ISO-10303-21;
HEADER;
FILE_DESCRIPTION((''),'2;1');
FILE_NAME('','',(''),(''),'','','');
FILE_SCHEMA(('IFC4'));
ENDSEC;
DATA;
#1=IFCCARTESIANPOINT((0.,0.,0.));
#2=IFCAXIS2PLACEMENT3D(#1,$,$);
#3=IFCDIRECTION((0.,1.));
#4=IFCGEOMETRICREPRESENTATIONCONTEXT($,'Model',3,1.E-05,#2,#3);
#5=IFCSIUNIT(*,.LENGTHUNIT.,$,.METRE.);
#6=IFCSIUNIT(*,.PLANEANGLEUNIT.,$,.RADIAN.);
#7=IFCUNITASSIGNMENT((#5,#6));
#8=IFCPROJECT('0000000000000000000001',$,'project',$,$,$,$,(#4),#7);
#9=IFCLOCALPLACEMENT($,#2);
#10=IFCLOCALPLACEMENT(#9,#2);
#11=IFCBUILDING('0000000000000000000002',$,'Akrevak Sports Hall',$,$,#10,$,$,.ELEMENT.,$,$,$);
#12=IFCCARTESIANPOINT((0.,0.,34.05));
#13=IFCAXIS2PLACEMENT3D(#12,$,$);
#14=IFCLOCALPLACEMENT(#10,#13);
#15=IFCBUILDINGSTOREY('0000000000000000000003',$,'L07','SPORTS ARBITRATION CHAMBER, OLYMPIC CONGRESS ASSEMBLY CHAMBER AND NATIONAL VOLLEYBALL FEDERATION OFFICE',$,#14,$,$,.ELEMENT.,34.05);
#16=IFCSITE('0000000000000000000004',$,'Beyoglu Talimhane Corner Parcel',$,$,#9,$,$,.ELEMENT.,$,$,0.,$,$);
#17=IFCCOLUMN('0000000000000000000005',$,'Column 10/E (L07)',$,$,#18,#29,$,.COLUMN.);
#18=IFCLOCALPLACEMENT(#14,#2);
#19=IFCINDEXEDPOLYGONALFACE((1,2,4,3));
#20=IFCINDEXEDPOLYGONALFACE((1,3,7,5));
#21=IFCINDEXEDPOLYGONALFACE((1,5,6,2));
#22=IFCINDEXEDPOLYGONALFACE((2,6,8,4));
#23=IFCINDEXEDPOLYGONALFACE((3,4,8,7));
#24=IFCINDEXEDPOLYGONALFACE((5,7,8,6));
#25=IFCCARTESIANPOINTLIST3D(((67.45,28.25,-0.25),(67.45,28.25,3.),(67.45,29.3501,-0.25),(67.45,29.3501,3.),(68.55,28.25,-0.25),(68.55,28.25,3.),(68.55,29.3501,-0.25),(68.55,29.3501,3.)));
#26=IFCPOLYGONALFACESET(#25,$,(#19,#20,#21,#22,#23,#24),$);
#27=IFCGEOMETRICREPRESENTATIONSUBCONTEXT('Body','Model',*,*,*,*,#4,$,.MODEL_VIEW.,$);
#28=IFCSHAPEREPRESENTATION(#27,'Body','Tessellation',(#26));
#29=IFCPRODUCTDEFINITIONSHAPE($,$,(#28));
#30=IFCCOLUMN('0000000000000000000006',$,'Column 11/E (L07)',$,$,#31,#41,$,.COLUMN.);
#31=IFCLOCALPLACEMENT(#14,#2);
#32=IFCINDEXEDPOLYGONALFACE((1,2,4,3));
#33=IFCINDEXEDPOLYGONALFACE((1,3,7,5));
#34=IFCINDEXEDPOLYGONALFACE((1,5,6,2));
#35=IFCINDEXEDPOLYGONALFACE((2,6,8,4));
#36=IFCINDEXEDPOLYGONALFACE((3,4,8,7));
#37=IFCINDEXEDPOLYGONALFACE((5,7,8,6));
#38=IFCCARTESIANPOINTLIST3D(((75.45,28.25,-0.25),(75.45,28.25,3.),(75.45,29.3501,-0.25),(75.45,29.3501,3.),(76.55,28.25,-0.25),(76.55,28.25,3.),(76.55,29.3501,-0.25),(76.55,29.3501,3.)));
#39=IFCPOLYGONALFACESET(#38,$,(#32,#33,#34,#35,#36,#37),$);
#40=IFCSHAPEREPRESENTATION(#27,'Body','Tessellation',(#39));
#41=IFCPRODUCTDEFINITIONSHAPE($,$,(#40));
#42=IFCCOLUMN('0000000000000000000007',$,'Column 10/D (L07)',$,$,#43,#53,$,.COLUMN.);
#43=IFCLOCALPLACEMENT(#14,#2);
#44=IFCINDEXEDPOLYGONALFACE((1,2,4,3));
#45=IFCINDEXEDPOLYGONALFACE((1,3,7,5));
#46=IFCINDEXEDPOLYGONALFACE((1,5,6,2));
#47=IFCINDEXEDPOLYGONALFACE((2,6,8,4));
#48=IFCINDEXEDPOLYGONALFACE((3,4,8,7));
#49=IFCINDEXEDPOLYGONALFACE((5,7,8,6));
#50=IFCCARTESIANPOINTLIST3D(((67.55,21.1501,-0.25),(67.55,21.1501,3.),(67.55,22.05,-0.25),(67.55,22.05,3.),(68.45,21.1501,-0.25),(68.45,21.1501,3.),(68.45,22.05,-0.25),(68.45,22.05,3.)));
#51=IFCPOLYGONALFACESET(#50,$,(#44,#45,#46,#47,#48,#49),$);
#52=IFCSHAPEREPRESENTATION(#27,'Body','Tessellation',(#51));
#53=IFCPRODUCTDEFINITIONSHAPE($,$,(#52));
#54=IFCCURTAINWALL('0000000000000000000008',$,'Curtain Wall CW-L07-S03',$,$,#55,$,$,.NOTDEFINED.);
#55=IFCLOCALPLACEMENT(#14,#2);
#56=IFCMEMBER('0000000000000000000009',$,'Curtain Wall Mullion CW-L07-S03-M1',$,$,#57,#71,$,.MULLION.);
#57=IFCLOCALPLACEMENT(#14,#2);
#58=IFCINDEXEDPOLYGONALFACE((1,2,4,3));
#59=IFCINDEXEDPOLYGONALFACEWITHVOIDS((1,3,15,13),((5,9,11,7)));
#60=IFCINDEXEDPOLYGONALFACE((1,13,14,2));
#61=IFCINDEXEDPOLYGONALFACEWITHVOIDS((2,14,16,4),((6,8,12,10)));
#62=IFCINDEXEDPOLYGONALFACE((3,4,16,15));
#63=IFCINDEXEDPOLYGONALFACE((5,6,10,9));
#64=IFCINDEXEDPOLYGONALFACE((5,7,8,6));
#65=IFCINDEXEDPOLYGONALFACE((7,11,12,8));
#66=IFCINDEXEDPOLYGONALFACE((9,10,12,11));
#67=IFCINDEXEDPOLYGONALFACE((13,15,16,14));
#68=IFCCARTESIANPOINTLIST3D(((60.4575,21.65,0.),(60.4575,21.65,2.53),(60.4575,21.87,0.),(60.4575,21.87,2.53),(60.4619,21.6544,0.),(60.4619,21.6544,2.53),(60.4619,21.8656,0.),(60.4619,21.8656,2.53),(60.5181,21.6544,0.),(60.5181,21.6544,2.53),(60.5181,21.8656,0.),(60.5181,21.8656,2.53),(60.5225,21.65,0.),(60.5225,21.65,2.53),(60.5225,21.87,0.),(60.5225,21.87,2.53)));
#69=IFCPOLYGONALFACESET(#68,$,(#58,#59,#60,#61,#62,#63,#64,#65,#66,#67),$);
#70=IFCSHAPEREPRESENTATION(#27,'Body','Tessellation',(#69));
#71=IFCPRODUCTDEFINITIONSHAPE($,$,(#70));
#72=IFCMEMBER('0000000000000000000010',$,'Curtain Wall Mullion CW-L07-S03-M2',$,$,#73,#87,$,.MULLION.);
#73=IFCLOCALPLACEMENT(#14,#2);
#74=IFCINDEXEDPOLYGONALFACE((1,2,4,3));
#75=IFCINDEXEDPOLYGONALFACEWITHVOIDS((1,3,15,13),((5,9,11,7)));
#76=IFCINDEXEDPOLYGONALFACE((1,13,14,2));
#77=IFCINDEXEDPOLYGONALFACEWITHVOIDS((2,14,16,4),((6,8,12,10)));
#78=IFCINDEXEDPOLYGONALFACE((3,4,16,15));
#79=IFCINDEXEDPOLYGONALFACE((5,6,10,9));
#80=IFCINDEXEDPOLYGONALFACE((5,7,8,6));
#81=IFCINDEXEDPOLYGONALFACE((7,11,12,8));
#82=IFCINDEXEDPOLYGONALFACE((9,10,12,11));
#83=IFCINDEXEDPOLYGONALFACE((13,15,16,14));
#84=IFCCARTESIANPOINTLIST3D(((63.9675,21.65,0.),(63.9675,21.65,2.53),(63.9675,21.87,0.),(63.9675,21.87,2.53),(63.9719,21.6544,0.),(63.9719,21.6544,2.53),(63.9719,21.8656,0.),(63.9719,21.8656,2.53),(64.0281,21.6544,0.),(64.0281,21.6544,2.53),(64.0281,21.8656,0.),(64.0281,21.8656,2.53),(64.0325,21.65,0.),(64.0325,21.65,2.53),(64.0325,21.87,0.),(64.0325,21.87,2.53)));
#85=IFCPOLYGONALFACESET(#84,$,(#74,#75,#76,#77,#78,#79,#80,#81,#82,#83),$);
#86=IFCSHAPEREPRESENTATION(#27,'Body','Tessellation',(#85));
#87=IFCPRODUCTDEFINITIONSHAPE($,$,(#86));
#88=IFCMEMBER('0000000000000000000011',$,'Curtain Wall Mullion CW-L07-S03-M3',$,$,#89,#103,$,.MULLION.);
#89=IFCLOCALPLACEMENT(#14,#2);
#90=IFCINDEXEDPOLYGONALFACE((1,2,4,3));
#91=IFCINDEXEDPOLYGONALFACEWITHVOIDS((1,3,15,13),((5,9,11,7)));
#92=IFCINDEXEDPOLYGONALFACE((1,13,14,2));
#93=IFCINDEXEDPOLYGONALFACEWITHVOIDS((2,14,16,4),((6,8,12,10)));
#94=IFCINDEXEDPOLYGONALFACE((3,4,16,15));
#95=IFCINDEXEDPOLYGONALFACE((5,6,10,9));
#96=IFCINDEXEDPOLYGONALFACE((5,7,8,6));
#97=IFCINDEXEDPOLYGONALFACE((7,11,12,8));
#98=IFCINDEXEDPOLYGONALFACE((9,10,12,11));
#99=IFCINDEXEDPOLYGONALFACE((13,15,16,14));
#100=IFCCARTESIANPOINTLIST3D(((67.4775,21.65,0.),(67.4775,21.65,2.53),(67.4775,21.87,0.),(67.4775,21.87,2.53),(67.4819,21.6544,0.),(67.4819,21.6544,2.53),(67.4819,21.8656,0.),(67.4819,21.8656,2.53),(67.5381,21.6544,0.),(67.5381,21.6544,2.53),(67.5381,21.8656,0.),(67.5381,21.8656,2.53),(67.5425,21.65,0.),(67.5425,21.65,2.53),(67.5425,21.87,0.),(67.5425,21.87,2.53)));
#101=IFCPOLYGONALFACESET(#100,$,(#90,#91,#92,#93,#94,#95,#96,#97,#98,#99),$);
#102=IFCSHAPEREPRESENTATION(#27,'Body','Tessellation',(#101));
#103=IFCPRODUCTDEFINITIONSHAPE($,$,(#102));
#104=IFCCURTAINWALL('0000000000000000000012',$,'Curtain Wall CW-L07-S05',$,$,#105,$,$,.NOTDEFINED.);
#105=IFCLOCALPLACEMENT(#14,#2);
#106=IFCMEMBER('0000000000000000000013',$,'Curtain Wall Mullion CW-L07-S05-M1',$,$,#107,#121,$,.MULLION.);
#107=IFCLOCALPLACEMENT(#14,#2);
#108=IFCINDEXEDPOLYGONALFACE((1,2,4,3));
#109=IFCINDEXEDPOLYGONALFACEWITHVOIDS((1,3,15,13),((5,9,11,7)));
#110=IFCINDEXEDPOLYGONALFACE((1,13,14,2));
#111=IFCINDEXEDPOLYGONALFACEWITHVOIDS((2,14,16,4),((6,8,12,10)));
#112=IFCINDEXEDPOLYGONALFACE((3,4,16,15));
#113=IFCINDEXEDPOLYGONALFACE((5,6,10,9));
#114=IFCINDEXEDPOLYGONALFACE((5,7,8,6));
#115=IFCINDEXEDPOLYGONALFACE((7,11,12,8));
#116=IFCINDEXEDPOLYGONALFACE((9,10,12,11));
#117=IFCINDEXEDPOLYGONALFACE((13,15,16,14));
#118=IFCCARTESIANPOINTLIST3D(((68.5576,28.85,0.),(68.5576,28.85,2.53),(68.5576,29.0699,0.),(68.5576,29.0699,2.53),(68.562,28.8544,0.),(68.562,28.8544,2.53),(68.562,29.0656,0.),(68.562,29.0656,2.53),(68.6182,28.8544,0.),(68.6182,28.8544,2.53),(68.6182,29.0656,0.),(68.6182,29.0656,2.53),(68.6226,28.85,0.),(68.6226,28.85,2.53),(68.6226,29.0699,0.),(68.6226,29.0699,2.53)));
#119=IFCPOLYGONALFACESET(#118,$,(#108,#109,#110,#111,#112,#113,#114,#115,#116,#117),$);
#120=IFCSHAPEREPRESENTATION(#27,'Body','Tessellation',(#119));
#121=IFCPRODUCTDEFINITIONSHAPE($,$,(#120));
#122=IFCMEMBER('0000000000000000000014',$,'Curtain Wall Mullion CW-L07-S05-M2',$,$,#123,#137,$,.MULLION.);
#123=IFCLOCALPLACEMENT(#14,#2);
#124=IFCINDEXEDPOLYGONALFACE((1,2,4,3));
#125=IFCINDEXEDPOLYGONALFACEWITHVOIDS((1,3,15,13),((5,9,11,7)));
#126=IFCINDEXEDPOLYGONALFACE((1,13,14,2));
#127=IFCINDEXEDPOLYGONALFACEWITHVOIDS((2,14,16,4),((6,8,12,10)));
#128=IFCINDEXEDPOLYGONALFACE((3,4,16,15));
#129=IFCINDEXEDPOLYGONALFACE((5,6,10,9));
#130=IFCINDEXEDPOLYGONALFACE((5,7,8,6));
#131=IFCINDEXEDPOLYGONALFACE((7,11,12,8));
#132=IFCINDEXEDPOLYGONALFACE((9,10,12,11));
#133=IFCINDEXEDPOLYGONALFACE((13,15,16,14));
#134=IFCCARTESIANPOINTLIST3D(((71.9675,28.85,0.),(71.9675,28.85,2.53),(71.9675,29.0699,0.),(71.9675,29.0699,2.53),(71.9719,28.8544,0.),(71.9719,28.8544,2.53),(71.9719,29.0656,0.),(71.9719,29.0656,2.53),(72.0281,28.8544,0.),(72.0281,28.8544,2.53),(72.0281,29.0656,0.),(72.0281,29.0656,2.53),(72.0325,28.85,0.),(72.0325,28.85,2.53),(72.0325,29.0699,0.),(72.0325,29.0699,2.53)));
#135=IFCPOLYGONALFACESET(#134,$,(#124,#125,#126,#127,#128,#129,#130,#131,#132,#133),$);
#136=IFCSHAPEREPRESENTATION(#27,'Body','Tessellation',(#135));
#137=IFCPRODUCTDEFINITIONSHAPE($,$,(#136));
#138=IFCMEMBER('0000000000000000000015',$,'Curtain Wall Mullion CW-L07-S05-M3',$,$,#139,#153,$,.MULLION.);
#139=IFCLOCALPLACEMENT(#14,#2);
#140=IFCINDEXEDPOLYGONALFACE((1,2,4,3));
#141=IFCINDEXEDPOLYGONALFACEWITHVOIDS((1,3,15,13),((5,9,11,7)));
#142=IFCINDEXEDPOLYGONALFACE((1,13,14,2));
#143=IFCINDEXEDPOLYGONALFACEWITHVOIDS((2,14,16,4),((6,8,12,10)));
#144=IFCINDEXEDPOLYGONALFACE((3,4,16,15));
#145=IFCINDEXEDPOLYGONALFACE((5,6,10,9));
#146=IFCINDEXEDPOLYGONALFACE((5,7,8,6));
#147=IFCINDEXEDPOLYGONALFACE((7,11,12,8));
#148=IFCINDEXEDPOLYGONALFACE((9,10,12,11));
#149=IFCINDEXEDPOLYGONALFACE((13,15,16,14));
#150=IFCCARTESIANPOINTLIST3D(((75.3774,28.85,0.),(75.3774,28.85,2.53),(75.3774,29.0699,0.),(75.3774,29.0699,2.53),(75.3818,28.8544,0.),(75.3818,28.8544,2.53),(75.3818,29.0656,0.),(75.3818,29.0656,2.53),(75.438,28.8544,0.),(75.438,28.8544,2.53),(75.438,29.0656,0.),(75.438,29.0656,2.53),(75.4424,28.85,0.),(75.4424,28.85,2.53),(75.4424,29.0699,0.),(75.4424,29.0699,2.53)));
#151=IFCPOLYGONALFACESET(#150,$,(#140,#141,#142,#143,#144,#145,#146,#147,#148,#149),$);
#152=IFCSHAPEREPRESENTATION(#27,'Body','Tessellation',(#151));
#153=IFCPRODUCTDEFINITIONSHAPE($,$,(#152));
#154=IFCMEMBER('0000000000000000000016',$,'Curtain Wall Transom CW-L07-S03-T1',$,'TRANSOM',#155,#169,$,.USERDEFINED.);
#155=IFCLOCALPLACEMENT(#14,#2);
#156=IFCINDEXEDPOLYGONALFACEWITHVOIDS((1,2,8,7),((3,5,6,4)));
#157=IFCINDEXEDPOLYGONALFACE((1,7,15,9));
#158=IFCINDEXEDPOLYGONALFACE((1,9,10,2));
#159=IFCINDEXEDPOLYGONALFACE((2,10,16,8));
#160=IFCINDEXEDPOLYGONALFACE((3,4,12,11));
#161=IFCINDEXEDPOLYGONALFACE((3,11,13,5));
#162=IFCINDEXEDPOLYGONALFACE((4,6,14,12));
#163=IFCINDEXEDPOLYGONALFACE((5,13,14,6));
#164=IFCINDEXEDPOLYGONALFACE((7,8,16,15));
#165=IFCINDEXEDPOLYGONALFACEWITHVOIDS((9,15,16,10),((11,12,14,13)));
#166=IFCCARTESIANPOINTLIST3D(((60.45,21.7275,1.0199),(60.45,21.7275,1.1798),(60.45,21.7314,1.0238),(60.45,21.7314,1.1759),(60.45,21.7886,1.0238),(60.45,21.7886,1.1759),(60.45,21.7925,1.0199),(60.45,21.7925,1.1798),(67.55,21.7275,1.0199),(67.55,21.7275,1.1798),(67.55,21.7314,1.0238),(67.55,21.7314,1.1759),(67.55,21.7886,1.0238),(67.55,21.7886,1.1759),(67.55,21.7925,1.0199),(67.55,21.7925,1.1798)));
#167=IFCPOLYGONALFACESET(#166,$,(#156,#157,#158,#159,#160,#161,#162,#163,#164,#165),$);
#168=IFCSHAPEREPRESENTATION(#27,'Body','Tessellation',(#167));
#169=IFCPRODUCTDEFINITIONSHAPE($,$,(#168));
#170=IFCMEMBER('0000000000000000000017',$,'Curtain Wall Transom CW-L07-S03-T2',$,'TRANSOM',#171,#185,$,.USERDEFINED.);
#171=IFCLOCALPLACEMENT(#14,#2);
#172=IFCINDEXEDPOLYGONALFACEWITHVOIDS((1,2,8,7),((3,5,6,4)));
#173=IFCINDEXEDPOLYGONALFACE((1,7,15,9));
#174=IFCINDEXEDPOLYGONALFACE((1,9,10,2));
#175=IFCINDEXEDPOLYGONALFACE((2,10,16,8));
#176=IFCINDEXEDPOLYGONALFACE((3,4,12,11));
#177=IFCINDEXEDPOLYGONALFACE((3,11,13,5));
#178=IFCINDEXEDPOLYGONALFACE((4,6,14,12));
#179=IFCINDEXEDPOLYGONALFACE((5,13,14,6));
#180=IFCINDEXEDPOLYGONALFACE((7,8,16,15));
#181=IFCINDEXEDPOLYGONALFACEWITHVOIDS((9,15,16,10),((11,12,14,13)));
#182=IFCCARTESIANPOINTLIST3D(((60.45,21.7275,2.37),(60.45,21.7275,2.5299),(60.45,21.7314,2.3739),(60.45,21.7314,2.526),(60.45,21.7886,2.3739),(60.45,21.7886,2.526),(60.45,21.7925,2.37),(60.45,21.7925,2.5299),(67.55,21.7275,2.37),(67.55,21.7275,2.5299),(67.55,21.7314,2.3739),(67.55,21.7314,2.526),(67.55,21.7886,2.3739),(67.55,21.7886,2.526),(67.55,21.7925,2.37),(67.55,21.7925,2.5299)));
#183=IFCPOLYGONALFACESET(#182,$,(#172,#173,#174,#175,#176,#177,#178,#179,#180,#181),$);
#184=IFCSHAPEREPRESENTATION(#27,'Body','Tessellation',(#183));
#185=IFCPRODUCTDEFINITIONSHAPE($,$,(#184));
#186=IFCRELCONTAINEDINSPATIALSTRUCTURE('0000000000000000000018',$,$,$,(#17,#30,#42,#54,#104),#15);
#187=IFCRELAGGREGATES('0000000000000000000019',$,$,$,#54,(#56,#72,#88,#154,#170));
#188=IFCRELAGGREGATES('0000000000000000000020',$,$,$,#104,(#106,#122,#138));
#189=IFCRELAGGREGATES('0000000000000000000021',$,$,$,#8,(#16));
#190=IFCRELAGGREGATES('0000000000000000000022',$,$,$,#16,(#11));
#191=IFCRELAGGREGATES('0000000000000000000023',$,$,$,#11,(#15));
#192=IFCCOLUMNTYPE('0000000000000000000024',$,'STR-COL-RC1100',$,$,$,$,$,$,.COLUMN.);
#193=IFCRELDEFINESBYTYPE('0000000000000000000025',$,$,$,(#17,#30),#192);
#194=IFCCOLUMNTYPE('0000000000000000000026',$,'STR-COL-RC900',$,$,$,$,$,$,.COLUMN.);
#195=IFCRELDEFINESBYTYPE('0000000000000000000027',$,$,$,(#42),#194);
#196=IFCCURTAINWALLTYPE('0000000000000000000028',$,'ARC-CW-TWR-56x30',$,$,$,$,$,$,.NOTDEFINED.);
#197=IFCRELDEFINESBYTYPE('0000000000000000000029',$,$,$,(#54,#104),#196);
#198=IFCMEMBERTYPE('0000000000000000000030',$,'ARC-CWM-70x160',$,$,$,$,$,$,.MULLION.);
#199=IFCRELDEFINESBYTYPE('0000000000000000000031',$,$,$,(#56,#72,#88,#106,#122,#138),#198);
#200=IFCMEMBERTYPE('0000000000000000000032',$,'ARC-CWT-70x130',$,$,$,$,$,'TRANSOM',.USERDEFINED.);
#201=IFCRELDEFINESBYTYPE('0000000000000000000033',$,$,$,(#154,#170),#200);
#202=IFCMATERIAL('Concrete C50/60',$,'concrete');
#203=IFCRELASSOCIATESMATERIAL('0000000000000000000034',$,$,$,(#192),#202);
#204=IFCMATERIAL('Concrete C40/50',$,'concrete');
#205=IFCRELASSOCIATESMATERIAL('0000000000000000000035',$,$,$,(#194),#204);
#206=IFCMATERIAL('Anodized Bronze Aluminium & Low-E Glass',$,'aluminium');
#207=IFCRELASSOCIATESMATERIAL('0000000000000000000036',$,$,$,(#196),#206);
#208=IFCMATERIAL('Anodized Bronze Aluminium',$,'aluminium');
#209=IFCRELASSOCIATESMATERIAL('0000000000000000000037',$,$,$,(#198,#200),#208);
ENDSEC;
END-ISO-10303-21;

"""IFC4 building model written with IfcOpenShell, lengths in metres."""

from ifc_helpers import new_model, si_unit, direction, frame, origin, origin_2d, place, context, subcontext, project, spatial, rectangle, hollow_rectangle, extrude, material, material_profile, profile_set, type_object, element, aggregate, save


model = new_model("IFC4")

# Units and contexts
model_context = context("Model", 3, precision=1e-05, world=origin(), true_north=direction((0.0, 1.0)))
body_context = subcontext(model_context, "Body", "Model", "MODEL_VIEW")
ifc_project = project(units=[si_unit("LENGTHUNIT", "METRE"), si_unit("PLANEANGLEUNIT", "RADIAN")], contexts=[model_context])

# Site, building, storey
site_placement = place(None, origin())
site = spatial("IfcSite", under=ifc_project, at=site_placement, Name="Beyoglu Talimhane Corner Parcel", CompositionType="ELEMENT", RefElevation=0.0)
building_placement = place(site_placement, origin())
building = spatial("IfcBuilding", under=site, at=building_placement, Name="Akrevak Sports Hall", CompositionType="ELEMENT")
storey_placement = place(building_placement, frame((0.0, 0.0, 34.05)))
storey = spatial("IfcBuildingStorey", under=building, at=storey_placement, Name="L07", Description="SPORTS ARBITRATION CHAMBER, OLYMPIC CONGRESS ASSEMBLY CHAMBER AND NATIONAL VOLLEYBALL FEDERATION OFFICE", CompositionType="ELEMENT", Elevation=34.05)

# Columns
ifc_material_1 = material(Name="Concrete C50/60", Category="concrete")
ifc_material_profile_1 = material_profile(ifc_material_1, rectangle(XDim=1.1001, YDim=1.1001, at=origin_2d()), Name="RC 1100x1100", Category="concrete")
ifc_profile_set_1 = profile_set([ifc_material_profile_1], Name="Concrete C50/60")
column_type_1 = type_object("IfcColumnType", Name="STR-COL-RC1100", PredefinedType="COLUMN", material=ifc_profile_set_1)
for number, where, z_axis, x_axis, name in (
    (1, (68.0, 28.8, -0.25), (0.0, 0.0, 1.0), (1.0, 0.0, 0.0), "Column 10/E (L07)"),
    (2, (76.0, 28.8, -0.25), (0.0, 0.0, 1.0), (1.0, 0.0, 0.0), "Column 11/E (L07)"),
):
    element("IfcColumn", number, at=place(storey_placement, frame(where, z_axis=z_axis, x_axis=x_axis)), inside=storey, type_object=column_type_1, Name=name, PredefinedType="COLUMN", context=body_context, shape_type="SweptSolid", body=[
        extrude(rectangle(XDim=1.1001, YDim=1.1001, at=origin_2d()), origin(), (0.0, 0.0, 1.0), 3.25),
    ])
ifc_material_2 = material(Name="Concrete C40/50", Category="concrete")
ifc_material_profile_2 = material_profile(ifc_material_2, rectangle(XDim=0.8999, YDim=0.8999, at=origin_2d()), Name="RC 900x900", Category="concrete")
ifc_profile_set_2 = profile_set([ifc_material_profile_2], Name="Concrete C40/50")
column_type_2 = type_object("IfcColumnType", Name="STR-COL-RC900", PredefinedType="COLUMN", material=ifc_profile_set_2)
column_placement = place(storey_placement, frame((68.0, 21.6001, -0.25), z_axis=(0.0, 0.0, 1.0), x_axis=(1.0, 0.0, 0.0)))
element("IfcColumn", 3, at=column_placement, inside=storey, type_object=column_type_2, Name="Column 10/D (L07)", PredefinedType="COLUMN", context=body_context, shape_type="SweptSolid", body=[
    extrude(rectangle(XDim=0.8999, YDim=0.8999, at=origin_2d()), origin(), (0.0, 0.0, 1.0), 3.25),
])

# Curtain walls, members
ifc_material_3 = material(Name="Anodized Bronze Aluminium & Low-E Glass", Category="aluminium")
curtain_wall_type = type_object("IfcCurtainWallType", Name="ARC-CW-TWR-56x30", PredefinedType="NOTDEFINED", material=ifc_material_3)
curtain_wall_1_placement = place(storey_placement, origin())
curtain_wall_1 = element("IfcCurtainWall", 4, at=curtain_wall_1_placement, inside=storey, type_object=curtain_wall_type, Name="Curtain Wall CW-L07-S03", PredefinedType="NOTDEFINED")
ifc_material_4 = material(Name="Anodized Bronze Aluminium", Category="aluminium")
ifc_material_profile_3 = material_profile(ifc_material_4, hollow_rectangle(XDim=0.0649, YDim=0.22, WallThickness=0.0044, at=origin_2d()), Name="CWM 65x220", Category="aluminium")
ifc_profile_set_3 = profile_set([ifc_material_profile_3], Name="Anodized Bronze Aluminium")
member_type_1 = type_object("IfcMemberType", Name="ARC-CWM-70x160", PredefinedType="MULLION", material=ifc_profile_set_3)
member_1_placement = place(storey_placement, frame((60.49, 21.76, 0.0), z_axis=(0.0, 0.0, 1.0), x_axis=(1.0, 0.0, 0.0)))
member_1 = element("IfcMember", 5, at=member_1_placement, type_object=member_type_1, Name="Curtain Wall Mullion CW-L07-S03-M1", PredefinedType="MULLION", context=body_context, shape_type="SweptSolid", body=[
    extrude(hollow_rectangle(XDim=0.0649, YDim=0.22, WallThickness=0.0044, at=origin_2d()), origin(), (0.0, 0.0, 1.0), 2.53),
])
member_2_placement = place(storey_placement, frame((64.0, 21.76, 0.0), z_axis=(0.0, 0.0, 1.0), x_axis=(1.0, 0.0, 0.0)))
member_2 = element("IfcMember", 6, at=member_2_placement, type_object=member_type_1, Name="Curtain Wall Mullion CW-L07-S03-M2", PredefinedType="MULLION", context=body_context, shape_type="SweptSolid", body=[
    extrude(hollow_rectangle(XDim=0.0649, YDim=0.22, WallThickness=0.0044, at=origin_2d()), origin(), (0.0, 0.0, 1.0), 2.53),
])
member_3_placement = place(storey_placement, frame((67.51, 21.76, 0.0), z_axis=(0.0, 0.0, 1.0), x_axis=(1.0, 0.0, 0.0)))
member_3 = element("IfcMember", 7, at=member_3_placement, type_object=member_type_1, Name="Curtain Wall Mullion CW-L07-S03-M3", PredefinedType="MULLION", context=body_context, shape_type="SweptSolid", body=[
    extrude(hollow_rectangle(XDim=0.0649, YDim=0.22, WallThickness=0.0044, at=origin_2d()), origin(), (0.0, 0.0, 1.0), 2.53),
])
curtain_wall_2_placement = place(storey_placement, origin())
curtain_wall_2 = element("IfcCurtainWall", 8, at=curtain_wall_2_placement, inside=storey, type_object=curtain_wall_type, Name="Curtain Wall CW-L07-S05", PredefinedType="NOTDEFINED")
member_4_placement = place(storey_placement, frame((68.5901, 28.96, 0.0), z_axis=(0.0, 0.0, 1.0), x_axis=(1.0, 0.0, 0.0)))
member_4 = element("IfcMember", 9, at=member_4_placement, type_object=member_type_1, Name="Curtain Wall Mullion CW-L07-S05-M1", PredefinedType="MULLION", context=body_context, shape_type="SweptSolid", body=[
    extrude(hollow_rectangle(XDim=0.0649, YDim=0.22, WallThickness=0.0044, at=origin_2d()), origin(), (0.0, 0.0, 1.0), 2.53),
])
member_5_placement = place(storey_placement, frame((72.0, 28.96, 0.0), z_axis=(0.0, 0.0, 1.0), x_axis=(1.0, 0.0, 0.0)))
member_5 = element("IfcMember", 10, at=member_5_placement, type_object=member_type_1, Name="Curtain Wall Mullion CW-L07-S05-M2", PredefinedType="MULLION", context=body_context, shape_type="SweptSolid", body=[
    extrude(hollow_rectangle(XDim=0.0649, YDim=0.22, WallThickness=0.0044, at=origin_2d()), origin(), (0.0, 0.0, 1.0), 2.53),
])
member_6_placement = place(storey_placement, frame((75.4099, 28.96, 0.0), z_axis=(0.0, 0.0, 1.0), x_axis=(1.0, 0.0, 0.0)))
member_6 = element("IfcMember", 11, at=member_6_placement, type_object=member_type_1, Name="Curtain Wall Mullion CW-L07-S05-M3", PredefinedType="MULLION", context=body_context, shape_type="SweptSolid", body=[
    extrude(hollow_rectangle(XDim=0.0649, YDim=0.22, WallThickness=0.0044, at=origin_2d()), origin(), (0.0, 0.0, 1.0), 2.53),
])

# Members
ifc_material_profile_4 = material_profile(ifc_material_4, hollow_rectangle(XDim=0.0649, YDim=0.1599, WallThickness=0.0039, at=origin_2d()), Name="CWT 65x160", Category="aluminium")
ifc_profile_set_4 = profile_set([ifc_material_profile_4], Name="Anodized Bronze Aluminium")
member_type_2 = type_object("IfcMemberType", Name="ARC-CWT-70x130", ElementType="TRANSOM", PredefinedType="USERDEFINED", material=ifc_profile_set_4)
member_7_placement = place(storey_placement, frame((60.45, 21.76, 1.0999), z_axis=(1.0, 0.0, 0.0), x_axis=(0.0, 1.0, 0.0)))
member_7 = element("IfcMember", 12, at=member_7_placement, type_object=member_type_2, Name="Curtain Wall Transom CW-L07-S03-T1", ObjectType="TRANSOM", PredefinedType="USERDEFINED", context=body_context, shape_type="SweptSolid", body=[
    extrude(hollow_rectangle(XDim=0.0649, YDim=0.1599, WallThickness=0.0039, at=origin_2d()), origin(), (0.0, 0.0, 1.0), 7.1001),
])
member_8_placement = place(storey_placement, frame((60.45, 21.76, 2.45), z_axis=(1.0, 0.0, 0.0), x_axis=(0.0, 1.0, 0.0)))
member_8 = element("IfcMember", 13, at=member_8_placement, type_object=member_type_2, Name="Curtain Wall Transom CW-L07-S03-T2", ObjectType="TRANSOM", PredefinedType="USERDEFINED", context=body_context, shape_type="SweptSolid", body=[
    extrude(hollow_rectangle(XDim=0.0649, YDim=0.1599, WallThickness=0.0039, at=origin_2d()), origin(), (0.0, 0.0, 1.0), 7.1001),
])

aggregate(curtain_wall_1, [member_1, member_2, member_3, member_7, member_8])
aggregate(curtain_wall_2, [member_4, member_5, member_6])

save(model, "model.ifc")
